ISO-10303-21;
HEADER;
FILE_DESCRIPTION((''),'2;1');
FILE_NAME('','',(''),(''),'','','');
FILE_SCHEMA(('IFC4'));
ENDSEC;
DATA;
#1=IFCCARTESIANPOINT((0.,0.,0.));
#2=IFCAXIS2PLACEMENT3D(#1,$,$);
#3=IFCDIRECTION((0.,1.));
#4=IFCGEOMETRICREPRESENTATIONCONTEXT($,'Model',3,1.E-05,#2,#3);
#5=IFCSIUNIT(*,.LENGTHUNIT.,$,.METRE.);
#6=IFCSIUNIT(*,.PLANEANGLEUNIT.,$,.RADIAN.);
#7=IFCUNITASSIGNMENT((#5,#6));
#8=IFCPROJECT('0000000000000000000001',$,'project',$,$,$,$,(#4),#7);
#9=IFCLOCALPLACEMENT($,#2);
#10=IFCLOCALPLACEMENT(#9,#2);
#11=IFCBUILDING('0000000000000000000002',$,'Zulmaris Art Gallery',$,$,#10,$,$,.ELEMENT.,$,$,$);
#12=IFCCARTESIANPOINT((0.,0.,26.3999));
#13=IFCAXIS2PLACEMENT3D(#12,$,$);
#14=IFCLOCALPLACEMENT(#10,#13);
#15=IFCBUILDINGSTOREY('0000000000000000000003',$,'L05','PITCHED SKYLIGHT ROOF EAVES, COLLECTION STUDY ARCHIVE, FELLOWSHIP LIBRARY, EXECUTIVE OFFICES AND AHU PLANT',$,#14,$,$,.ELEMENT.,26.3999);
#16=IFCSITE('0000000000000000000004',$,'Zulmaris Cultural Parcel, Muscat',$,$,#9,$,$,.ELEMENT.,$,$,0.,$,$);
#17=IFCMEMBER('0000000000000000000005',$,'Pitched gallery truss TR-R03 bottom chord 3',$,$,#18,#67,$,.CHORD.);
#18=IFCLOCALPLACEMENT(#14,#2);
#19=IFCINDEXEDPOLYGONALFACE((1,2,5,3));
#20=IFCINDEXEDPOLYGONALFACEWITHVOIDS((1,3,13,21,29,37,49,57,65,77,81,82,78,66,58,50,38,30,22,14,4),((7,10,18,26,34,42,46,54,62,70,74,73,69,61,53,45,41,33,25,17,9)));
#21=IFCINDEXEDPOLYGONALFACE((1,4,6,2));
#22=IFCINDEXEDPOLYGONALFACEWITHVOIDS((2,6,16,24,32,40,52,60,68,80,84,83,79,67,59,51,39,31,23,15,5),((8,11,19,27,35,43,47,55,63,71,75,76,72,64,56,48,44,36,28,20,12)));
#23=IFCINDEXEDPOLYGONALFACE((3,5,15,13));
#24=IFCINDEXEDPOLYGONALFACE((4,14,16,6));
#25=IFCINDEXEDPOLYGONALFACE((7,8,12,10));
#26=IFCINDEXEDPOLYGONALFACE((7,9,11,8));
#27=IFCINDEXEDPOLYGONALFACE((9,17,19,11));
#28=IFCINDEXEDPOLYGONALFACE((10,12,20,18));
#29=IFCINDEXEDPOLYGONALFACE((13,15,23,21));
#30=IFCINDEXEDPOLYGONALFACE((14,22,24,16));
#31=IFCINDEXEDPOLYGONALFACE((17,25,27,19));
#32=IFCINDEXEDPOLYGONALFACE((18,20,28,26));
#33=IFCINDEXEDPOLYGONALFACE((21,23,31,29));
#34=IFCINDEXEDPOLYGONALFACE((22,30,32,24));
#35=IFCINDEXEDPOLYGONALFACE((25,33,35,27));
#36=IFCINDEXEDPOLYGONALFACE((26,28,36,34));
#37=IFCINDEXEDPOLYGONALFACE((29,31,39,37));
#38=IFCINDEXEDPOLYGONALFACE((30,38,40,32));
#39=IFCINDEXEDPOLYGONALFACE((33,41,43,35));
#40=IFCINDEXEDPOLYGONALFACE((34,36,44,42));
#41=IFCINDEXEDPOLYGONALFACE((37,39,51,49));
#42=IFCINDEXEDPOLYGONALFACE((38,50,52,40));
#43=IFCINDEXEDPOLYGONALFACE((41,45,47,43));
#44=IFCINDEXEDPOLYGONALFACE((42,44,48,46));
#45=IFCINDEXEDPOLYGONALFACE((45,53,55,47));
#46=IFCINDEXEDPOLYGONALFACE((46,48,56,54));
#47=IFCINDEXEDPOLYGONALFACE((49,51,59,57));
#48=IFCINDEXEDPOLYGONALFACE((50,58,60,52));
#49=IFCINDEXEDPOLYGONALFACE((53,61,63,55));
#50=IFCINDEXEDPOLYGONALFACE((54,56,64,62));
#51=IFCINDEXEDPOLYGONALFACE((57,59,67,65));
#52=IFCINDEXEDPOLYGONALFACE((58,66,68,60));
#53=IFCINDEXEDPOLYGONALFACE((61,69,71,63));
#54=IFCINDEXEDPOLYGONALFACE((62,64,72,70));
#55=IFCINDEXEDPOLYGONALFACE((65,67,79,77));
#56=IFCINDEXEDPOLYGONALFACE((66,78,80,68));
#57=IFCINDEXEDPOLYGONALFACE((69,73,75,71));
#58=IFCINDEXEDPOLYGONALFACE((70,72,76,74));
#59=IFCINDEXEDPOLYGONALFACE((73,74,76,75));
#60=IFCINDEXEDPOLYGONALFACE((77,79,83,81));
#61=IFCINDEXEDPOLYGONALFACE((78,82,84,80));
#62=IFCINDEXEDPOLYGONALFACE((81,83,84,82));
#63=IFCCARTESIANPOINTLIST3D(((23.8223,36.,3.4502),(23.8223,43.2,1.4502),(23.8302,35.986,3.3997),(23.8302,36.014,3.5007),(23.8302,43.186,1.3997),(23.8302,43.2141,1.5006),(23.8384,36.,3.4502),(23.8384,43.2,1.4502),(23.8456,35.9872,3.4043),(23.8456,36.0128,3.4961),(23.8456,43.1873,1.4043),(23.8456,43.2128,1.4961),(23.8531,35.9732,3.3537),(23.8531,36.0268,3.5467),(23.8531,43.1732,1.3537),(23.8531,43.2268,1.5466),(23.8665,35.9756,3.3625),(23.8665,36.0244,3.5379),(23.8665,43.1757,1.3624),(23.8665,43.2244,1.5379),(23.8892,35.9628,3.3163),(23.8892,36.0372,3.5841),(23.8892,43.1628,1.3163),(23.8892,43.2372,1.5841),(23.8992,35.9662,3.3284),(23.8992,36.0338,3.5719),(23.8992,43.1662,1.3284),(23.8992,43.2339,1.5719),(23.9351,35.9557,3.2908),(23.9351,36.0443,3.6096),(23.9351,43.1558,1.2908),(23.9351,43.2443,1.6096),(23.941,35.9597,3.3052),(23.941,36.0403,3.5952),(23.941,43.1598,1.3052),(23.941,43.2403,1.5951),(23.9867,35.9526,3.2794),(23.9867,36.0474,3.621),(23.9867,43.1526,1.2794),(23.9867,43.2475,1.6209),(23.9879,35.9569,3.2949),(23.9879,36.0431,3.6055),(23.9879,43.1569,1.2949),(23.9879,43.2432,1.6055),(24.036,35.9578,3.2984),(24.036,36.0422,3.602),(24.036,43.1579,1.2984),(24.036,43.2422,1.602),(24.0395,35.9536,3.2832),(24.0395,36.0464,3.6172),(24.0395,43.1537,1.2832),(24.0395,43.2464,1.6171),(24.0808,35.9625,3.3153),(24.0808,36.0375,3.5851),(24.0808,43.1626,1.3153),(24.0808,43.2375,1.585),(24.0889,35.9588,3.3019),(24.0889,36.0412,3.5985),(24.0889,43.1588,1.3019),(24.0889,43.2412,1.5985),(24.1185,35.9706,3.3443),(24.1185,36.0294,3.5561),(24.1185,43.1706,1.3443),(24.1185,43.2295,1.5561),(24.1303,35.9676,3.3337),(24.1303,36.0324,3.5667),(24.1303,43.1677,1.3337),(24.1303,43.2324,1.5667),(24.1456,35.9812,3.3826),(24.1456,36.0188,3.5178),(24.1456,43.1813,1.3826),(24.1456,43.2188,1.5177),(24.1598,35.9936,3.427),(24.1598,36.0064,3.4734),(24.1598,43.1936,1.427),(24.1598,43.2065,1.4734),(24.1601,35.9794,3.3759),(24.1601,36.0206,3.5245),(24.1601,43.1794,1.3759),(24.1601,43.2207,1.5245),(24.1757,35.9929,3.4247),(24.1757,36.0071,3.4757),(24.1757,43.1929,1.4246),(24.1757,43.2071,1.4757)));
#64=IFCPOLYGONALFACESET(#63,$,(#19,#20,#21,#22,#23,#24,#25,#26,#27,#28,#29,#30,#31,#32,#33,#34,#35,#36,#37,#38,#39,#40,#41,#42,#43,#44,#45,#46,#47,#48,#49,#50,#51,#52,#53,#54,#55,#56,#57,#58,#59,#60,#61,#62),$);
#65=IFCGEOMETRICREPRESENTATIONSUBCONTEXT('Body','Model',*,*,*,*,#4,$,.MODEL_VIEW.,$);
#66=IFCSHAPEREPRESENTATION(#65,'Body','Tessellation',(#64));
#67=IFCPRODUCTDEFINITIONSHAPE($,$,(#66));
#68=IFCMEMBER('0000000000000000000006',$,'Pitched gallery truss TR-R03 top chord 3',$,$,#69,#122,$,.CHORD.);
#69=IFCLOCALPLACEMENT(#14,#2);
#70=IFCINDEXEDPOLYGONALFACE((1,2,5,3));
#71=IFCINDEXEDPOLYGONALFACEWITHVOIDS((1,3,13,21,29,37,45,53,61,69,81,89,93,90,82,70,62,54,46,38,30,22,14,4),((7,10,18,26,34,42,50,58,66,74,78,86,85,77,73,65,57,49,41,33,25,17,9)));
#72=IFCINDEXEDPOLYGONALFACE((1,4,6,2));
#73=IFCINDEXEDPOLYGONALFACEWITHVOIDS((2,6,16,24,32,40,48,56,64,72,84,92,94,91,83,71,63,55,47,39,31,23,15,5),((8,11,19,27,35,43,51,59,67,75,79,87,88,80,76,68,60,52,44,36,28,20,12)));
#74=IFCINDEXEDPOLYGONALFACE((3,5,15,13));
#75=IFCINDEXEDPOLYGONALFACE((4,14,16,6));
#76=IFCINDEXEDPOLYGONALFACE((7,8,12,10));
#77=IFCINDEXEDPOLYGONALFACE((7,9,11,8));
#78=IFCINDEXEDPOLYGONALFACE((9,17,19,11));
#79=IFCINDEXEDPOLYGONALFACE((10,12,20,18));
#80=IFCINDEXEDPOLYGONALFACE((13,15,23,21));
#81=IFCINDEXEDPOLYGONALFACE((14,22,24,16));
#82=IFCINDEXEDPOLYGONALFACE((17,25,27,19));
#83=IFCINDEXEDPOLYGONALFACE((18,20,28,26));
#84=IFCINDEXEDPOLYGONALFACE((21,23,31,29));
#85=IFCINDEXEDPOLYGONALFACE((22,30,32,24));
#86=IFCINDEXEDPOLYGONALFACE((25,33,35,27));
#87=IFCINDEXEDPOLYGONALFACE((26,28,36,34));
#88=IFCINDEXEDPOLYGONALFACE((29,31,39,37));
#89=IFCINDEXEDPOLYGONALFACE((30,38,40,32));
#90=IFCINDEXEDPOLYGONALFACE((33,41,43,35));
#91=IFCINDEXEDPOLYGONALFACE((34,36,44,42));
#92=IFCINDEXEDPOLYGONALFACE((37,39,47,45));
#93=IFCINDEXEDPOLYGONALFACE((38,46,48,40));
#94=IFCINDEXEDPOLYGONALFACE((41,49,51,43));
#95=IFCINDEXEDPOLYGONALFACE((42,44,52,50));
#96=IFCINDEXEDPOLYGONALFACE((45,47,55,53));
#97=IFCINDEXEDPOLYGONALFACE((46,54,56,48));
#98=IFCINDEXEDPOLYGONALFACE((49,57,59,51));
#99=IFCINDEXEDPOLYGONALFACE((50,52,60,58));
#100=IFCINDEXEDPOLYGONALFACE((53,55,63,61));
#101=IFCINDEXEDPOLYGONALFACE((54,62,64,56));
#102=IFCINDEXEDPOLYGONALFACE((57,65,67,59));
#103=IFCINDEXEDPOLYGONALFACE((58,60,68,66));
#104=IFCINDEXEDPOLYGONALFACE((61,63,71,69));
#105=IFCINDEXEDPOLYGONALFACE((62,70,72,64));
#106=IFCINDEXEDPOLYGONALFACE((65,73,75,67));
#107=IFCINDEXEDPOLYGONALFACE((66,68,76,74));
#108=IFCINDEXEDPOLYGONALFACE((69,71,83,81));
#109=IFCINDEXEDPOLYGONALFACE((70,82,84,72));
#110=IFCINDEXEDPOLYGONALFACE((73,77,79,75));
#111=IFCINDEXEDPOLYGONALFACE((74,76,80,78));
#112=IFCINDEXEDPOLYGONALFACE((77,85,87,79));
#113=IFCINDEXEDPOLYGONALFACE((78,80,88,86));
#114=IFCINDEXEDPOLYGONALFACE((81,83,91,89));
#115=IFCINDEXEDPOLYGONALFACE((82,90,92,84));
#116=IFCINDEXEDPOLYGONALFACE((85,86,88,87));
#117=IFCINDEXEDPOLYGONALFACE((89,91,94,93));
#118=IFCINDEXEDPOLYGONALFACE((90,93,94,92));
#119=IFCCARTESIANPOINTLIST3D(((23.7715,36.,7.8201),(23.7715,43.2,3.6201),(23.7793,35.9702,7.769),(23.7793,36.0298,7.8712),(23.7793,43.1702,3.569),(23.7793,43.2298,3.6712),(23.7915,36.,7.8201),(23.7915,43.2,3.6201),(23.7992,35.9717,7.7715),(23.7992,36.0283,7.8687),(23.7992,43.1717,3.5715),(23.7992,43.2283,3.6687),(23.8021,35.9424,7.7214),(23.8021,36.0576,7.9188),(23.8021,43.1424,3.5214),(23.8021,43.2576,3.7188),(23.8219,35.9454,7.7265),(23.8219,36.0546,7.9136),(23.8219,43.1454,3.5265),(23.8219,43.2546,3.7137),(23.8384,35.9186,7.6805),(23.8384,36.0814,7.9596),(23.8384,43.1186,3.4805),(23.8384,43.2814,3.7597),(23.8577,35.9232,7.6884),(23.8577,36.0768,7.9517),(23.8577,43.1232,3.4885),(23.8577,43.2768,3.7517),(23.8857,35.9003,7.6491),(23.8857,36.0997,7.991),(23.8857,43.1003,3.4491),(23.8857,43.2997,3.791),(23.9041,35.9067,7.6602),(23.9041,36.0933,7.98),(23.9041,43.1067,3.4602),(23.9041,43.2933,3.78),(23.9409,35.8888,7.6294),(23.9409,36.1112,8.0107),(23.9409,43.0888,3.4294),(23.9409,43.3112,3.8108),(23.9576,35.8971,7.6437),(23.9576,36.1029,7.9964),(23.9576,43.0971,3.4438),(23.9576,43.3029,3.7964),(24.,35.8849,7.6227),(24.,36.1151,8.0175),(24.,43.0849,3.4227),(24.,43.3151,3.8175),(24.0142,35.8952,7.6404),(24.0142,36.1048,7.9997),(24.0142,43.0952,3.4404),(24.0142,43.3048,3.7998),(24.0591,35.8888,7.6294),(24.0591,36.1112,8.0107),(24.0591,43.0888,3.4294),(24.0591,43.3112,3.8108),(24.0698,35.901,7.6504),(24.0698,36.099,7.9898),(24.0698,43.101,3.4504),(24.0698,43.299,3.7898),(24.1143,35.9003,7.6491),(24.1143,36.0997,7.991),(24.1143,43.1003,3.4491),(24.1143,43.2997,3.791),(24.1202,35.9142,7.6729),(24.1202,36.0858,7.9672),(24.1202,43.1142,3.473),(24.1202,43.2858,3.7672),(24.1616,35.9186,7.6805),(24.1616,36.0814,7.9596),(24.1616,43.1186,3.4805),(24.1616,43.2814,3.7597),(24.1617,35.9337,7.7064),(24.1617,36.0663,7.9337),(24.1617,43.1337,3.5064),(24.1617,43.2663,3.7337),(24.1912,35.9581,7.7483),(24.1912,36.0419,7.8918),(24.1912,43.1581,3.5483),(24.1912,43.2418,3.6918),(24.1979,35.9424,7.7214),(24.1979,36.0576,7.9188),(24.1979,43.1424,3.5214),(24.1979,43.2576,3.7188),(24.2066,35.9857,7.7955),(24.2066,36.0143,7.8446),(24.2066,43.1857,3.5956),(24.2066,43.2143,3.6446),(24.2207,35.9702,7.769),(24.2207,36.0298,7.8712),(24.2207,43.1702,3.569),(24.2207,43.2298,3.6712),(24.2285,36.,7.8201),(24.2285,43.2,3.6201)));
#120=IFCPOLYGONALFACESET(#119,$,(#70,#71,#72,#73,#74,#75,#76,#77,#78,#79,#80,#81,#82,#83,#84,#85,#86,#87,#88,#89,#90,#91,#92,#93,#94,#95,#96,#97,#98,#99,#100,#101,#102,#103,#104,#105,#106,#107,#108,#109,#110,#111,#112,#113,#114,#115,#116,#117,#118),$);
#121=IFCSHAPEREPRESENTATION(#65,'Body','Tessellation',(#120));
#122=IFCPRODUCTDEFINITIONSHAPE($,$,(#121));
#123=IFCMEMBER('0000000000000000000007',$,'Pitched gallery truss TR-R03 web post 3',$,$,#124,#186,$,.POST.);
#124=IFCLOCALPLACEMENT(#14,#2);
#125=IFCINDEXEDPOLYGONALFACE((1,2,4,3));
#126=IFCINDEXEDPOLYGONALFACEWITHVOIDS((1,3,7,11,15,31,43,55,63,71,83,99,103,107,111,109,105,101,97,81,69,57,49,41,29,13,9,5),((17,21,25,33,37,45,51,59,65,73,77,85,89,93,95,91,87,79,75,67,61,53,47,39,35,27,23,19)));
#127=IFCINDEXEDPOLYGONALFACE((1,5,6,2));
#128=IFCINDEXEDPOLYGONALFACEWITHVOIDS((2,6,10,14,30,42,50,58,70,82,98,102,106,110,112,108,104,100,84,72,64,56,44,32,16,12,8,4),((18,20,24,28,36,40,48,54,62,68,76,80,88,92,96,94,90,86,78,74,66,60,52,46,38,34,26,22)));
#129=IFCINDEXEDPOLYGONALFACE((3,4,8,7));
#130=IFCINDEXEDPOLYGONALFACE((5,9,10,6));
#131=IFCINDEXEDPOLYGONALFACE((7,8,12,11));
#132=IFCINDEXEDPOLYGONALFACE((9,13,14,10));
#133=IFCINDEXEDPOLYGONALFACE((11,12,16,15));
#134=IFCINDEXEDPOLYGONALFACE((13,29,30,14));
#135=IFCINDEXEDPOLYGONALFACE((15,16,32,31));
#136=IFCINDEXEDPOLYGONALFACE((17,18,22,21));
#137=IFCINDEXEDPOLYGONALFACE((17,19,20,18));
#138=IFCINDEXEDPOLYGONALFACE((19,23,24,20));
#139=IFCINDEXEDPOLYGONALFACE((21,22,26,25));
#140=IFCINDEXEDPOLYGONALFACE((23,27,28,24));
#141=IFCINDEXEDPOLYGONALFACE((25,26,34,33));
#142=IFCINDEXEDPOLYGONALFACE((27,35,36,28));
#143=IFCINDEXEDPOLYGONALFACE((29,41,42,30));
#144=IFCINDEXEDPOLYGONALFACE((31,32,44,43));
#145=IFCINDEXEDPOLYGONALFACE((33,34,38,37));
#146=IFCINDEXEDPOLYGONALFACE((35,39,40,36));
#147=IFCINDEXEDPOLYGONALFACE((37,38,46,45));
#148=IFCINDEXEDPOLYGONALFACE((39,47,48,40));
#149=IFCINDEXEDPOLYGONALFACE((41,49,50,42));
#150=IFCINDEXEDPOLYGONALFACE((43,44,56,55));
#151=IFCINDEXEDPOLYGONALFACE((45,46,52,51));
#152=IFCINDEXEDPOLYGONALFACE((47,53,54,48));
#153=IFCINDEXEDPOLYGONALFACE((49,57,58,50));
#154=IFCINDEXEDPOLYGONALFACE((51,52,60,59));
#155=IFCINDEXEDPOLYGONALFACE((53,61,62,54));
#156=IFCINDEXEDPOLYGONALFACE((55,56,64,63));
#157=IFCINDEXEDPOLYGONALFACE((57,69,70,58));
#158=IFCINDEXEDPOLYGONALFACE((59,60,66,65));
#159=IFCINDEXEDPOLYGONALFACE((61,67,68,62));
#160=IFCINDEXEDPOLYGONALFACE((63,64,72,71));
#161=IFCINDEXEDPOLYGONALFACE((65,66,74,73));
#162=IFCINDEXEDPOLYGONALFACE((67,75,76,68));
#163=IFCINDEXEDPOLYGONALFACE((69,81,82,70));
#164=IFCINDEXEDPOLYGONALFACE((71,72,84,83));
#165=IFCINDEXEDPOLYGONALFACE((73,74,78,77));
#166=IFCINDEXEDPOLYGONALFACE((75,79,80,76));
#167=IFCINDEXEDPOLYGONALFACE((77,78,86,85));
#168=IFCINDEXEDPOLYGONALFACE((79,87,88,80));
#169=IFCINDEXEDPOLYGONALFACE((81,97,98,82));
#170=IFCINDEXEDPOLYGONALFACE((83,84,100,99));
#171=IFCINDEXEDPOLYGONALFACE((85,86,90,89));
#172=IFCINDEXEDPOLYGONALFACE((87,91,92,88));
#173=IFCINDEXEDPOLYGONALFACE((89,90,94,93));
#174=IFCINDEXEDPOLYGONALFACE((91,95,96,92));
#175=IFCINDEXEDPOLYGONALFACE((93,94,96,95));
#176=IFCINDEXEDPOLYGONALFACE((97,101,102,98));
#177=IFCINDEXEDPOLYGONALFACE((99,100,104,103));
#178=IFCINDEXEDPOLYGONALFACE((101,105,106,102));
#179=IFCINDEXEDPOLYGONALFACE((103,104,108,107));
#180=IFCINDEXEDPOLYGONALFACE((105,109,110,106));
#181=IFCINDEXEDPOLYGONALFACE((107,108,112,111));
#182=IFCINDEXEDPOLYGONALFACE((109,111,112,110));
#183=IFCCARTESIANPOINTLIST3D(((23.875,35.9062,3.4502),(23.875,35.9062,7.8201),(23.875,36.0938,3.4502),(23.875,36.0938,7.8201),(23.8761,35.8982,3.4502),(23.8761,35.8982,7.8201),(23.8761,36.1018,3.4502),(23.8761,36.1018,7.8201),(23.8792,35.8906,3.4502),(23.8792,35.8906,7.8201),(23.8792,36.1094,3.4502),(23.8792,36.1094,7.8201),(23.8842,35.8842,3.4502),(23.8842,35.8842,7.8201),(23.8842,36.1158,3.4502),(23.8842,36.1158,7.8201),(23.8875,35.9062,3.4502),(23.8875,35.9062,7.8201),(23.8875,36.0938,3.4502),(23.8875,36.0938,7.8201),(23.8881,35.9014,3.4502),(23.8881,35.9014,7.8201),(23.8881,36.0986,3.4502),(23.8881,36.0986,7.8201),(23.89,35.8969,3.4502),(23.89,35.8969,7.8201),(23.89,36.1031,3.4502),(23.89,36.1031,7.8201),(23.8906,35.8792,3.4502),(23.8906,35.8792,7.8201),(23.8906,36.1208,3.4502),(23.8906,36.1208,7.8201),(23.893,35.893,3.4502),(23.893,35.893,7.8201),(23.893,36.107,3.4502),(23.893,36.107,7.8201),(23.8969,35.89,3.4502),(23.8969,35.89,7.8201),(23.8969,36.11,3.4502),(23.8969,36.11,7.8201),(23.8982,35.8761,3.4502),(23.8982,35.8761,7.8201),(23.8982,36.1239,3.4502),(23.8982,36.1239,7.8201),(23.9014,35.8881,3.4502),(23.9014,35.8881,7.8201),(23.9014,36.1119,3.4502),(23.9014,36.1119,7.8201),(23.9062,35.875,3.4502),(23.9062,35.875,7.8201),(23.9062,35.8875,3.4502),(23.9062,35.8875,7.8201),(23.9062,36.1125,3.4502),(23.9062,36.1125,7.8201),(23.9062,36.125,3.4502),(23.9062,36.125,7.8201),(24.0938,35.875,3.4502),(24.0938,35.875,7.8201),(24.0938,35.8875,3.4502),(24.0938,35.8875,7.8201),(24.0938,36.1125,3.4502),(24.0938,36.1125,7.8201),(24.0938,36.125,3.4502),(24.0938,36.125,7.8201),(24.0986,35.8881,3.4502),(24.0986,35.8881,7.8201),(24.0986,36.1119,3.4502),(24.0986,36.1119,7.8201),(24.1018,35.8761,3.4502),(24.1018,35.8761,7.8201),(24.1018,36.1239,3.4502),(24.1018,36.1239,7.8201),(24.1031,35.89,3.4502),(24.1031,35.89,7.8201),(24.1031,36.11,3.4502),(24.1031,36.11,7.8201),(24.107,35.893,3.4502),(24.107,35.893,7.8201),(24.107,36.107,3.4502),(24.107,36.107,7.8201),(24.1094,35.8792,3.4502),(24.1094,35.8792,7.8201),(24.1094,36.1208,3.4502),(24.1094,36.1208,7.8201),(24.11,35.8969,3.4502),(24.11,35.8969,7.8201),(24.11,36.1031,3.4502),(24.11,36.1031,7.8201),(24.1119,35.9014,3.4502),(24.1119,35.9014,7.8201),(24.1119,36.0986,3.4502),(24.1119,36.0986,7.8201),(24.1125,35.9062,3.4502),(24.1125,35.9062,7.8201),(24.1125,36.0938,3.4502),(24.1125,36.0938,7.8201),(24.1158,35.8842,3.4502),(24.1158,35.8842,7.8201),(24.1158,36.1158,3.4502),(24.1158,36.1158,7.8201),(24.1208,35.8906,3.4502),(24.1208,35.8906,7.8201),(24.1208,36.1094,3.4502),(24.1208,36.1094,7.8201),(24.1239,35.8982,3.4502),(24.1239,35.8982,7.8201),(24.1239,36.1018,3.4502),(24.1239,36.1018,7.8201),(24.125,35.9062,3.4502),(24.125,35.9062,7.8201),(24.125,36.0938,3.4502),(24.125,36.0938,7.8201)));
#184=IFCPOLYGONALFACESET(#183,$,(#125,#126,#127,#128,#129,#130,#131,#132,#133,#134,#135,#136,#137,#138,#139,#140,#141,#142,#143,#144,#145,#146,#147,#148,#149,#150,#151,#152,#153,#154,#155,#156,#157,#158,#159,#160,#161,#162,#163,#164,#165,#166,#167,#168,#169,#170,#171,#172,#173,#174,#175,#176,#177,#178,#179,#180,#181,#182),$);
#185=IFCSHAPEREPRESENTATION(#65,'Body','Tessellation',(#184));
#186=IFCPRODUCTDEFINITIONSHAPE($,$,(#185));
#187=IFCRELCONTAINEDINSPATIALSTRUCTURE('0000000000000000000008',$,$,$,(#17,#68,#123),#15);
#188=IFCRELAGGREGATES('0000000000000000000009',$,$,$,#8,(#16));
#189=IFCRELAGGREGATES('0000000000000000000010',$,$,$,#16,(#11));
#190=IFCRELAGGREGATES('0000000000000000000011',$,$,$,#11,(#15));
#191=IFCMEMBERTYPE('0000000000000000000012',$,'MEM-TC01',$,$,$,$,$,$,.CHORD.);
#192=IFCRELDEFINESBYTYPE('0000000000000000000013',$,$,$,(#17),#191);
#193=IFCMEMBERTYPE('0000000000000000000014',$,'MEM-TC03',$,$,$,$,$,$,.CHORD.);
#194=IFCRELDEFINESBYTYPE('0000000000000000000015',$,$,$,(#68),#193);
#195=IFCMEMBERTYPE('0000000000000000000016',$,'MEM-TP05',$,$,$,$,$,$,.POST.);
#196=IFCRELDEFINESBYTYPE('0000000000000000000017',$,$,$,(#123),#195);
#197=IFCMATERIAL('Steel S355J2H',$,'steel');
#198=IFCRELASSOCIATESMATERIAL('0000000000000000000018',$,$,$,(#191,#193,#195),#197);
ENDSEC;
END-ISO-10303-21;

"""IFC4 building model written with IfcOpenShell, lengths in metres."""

from ifc_helpers import new_model, si_unit, direction, frame, origin, origin_2d, place, context, subcontext, project, spatial, hollow_rectangle, hollow_circle, extrude, material, material_profile, profile_set, type_object, element, save


model = new_model("IFC4")

# Units and contexts
model_context = context("Model", 3, precision=1e-05, world=origin(), true_north=direction((0.0, 1.0)))
body_context = subcontext(model_context, "Body", "Model", "MODEL_VIEW")
ifc_project = project(units=[si_unit("LENGTHUNIT", "METRE"), si_unit("PLANEANGLEUNIT", "RADIAN")], contexts=[model_context])

# Site, building, storey
site_placement = place(None, origin())
site = spatial("IfcSite", under=ifc_project, at=site_placement, Name="Zulmaris Cultural Parcel, Muscat", CompositionType="ELEMENT", RefElevation=0.0)
building_placement = place(site_placement, origin())
building = spatial("IfcBuilding", under=site, at=building_placement, Name="Zulmaris Art Gallery", CompositionType="ELEMENT")
storey_placement = place(building_placement, frame((0.0, 0.0, 26.3999)))
storey = spatial("IfcBuildingStorey", under=building, at=storey_placement, Name="L05", Description="PITCHED SKYLIGHT ROOF EAVES, COLLECTION STUDY ARCHIVE, FELLOWSHIP LIBRARY, EXECUTIVE OFFICES AND AHU PLANT", CompositionType="ELEMENT", Elevation=26.3999)

# Members
ifc_material_1 = material(Name="Steel S355J2H", Category="steel")
ifc_material_profile_1 = material_profile(ifc_material_1, hollow_circle(Radius=0.1777, WallThickness=0.0161, at=origin_2d()), Name="CHS 355.6x16")
ifc_profile_set_1 = profile_set([ifc_material_profile_1], Name="Steel S355J2H")
member_type_1 = type_object("IfcMemberType", Name="MEM-TC01", PredefinedType="CHORD", material=ifc_profile_set_1)
member_1_placement = place(storey_placement, frame((24.0, 36.0, 3.4502), z_axis=(0.0, 0.963517, -0.267646), x_axis=(-1.0, 0.0, 0.0)))
element("IfcMember", 1, at=member_1_placement, inside=storey, type_object=member_type_1, Name="Pitched gallery truss TR-R03 bottom chord 3", PredefinedType="CHORD", context=body_context, shape_type="SweptSolid", body=[
    extrude(hollow_circle(Radius=0.1777, WallThickness=0.0161, at=origin_2d()), origin(), (0.0, 0.0, 1.0), 7.4727),
])
ifc_material_profile_2 = material_profile(ifc_material_1, hollow_circle(Radius=0.2285, WallThickness=0.02, at=origin_2d()), Name="CHS 457x20")
ifc_profile_set_2 = profile_set([ifc_material_profile_2], Name="Steel S355J2H")
member_type_2 = type_object("IfcMemberType", Name="MEM-TC03", PredefinedType="CHORD", material=ifc_profile_set_2)
member_2_placement = place(storey_placement, frame((24.0, 36.0, 7.8201), z_axis=(0.0, 0.86378, -0.503869), x_axis=(-1.0, 0.0, 0.0)))
element("IfcMember", 2, at=member_2_placement, inside=storey, type_object=member_type_2, Name="Pitched gallery truss TR-R03 top chord 3", PredefinedType="CHORD", context=body_context, shape_type="SweptSolid", body=[
    extrude(hollow_circle(Radius=0.2285, WallThickness=0.02, at=origin_2d()), origin(), (0.0, 0.0, 1.0), 8.3354),
])
ifc_material_profile_3 = material_profile(ifc_material_1, hollow_rectangle(XDim=0.25, YDim=0.25, WallThickness=0.0125, InnerFilletRadius=0.0188, OuterFilletRadius=0.0312, at=origin_2d()), Name="SHS 250x250x12.5")
ifc_profile_set_3 = profile_set([ifc_material_profile_3], Name="Steel S355J2H")
member_type_3 = type_object("IfcMemberType", Name="MEM-TP05", PredefinedType="POST", material=ifc_profile_set_3)
member_3_placement = place(storey_placement, frame((24.0, 36.0, 3.4502), z_axis=(0.0, 0.0, 1.0), x_axis=(1.0, 0.0, 0.0)))
element("IfcMember", 3, at=member_3_placement, inside=storey, type_object=member_type_3, Name="Pitched gallery truss TR-R03 web post 3", PredefinedType="POST", context=body_context, shape_type="SweptSolid", body=[
    extrude(hollow_rectangle(XDim=0.25, YDim=0.25, WallThickness=0.0125, InnerFilletRadius=0.0188, OuterFilletRadius=0.0312, at=origin_2d()), origin(), (0.0, 0.0, 1.0), 4.3699),
])

save(model, "model.ifc")
